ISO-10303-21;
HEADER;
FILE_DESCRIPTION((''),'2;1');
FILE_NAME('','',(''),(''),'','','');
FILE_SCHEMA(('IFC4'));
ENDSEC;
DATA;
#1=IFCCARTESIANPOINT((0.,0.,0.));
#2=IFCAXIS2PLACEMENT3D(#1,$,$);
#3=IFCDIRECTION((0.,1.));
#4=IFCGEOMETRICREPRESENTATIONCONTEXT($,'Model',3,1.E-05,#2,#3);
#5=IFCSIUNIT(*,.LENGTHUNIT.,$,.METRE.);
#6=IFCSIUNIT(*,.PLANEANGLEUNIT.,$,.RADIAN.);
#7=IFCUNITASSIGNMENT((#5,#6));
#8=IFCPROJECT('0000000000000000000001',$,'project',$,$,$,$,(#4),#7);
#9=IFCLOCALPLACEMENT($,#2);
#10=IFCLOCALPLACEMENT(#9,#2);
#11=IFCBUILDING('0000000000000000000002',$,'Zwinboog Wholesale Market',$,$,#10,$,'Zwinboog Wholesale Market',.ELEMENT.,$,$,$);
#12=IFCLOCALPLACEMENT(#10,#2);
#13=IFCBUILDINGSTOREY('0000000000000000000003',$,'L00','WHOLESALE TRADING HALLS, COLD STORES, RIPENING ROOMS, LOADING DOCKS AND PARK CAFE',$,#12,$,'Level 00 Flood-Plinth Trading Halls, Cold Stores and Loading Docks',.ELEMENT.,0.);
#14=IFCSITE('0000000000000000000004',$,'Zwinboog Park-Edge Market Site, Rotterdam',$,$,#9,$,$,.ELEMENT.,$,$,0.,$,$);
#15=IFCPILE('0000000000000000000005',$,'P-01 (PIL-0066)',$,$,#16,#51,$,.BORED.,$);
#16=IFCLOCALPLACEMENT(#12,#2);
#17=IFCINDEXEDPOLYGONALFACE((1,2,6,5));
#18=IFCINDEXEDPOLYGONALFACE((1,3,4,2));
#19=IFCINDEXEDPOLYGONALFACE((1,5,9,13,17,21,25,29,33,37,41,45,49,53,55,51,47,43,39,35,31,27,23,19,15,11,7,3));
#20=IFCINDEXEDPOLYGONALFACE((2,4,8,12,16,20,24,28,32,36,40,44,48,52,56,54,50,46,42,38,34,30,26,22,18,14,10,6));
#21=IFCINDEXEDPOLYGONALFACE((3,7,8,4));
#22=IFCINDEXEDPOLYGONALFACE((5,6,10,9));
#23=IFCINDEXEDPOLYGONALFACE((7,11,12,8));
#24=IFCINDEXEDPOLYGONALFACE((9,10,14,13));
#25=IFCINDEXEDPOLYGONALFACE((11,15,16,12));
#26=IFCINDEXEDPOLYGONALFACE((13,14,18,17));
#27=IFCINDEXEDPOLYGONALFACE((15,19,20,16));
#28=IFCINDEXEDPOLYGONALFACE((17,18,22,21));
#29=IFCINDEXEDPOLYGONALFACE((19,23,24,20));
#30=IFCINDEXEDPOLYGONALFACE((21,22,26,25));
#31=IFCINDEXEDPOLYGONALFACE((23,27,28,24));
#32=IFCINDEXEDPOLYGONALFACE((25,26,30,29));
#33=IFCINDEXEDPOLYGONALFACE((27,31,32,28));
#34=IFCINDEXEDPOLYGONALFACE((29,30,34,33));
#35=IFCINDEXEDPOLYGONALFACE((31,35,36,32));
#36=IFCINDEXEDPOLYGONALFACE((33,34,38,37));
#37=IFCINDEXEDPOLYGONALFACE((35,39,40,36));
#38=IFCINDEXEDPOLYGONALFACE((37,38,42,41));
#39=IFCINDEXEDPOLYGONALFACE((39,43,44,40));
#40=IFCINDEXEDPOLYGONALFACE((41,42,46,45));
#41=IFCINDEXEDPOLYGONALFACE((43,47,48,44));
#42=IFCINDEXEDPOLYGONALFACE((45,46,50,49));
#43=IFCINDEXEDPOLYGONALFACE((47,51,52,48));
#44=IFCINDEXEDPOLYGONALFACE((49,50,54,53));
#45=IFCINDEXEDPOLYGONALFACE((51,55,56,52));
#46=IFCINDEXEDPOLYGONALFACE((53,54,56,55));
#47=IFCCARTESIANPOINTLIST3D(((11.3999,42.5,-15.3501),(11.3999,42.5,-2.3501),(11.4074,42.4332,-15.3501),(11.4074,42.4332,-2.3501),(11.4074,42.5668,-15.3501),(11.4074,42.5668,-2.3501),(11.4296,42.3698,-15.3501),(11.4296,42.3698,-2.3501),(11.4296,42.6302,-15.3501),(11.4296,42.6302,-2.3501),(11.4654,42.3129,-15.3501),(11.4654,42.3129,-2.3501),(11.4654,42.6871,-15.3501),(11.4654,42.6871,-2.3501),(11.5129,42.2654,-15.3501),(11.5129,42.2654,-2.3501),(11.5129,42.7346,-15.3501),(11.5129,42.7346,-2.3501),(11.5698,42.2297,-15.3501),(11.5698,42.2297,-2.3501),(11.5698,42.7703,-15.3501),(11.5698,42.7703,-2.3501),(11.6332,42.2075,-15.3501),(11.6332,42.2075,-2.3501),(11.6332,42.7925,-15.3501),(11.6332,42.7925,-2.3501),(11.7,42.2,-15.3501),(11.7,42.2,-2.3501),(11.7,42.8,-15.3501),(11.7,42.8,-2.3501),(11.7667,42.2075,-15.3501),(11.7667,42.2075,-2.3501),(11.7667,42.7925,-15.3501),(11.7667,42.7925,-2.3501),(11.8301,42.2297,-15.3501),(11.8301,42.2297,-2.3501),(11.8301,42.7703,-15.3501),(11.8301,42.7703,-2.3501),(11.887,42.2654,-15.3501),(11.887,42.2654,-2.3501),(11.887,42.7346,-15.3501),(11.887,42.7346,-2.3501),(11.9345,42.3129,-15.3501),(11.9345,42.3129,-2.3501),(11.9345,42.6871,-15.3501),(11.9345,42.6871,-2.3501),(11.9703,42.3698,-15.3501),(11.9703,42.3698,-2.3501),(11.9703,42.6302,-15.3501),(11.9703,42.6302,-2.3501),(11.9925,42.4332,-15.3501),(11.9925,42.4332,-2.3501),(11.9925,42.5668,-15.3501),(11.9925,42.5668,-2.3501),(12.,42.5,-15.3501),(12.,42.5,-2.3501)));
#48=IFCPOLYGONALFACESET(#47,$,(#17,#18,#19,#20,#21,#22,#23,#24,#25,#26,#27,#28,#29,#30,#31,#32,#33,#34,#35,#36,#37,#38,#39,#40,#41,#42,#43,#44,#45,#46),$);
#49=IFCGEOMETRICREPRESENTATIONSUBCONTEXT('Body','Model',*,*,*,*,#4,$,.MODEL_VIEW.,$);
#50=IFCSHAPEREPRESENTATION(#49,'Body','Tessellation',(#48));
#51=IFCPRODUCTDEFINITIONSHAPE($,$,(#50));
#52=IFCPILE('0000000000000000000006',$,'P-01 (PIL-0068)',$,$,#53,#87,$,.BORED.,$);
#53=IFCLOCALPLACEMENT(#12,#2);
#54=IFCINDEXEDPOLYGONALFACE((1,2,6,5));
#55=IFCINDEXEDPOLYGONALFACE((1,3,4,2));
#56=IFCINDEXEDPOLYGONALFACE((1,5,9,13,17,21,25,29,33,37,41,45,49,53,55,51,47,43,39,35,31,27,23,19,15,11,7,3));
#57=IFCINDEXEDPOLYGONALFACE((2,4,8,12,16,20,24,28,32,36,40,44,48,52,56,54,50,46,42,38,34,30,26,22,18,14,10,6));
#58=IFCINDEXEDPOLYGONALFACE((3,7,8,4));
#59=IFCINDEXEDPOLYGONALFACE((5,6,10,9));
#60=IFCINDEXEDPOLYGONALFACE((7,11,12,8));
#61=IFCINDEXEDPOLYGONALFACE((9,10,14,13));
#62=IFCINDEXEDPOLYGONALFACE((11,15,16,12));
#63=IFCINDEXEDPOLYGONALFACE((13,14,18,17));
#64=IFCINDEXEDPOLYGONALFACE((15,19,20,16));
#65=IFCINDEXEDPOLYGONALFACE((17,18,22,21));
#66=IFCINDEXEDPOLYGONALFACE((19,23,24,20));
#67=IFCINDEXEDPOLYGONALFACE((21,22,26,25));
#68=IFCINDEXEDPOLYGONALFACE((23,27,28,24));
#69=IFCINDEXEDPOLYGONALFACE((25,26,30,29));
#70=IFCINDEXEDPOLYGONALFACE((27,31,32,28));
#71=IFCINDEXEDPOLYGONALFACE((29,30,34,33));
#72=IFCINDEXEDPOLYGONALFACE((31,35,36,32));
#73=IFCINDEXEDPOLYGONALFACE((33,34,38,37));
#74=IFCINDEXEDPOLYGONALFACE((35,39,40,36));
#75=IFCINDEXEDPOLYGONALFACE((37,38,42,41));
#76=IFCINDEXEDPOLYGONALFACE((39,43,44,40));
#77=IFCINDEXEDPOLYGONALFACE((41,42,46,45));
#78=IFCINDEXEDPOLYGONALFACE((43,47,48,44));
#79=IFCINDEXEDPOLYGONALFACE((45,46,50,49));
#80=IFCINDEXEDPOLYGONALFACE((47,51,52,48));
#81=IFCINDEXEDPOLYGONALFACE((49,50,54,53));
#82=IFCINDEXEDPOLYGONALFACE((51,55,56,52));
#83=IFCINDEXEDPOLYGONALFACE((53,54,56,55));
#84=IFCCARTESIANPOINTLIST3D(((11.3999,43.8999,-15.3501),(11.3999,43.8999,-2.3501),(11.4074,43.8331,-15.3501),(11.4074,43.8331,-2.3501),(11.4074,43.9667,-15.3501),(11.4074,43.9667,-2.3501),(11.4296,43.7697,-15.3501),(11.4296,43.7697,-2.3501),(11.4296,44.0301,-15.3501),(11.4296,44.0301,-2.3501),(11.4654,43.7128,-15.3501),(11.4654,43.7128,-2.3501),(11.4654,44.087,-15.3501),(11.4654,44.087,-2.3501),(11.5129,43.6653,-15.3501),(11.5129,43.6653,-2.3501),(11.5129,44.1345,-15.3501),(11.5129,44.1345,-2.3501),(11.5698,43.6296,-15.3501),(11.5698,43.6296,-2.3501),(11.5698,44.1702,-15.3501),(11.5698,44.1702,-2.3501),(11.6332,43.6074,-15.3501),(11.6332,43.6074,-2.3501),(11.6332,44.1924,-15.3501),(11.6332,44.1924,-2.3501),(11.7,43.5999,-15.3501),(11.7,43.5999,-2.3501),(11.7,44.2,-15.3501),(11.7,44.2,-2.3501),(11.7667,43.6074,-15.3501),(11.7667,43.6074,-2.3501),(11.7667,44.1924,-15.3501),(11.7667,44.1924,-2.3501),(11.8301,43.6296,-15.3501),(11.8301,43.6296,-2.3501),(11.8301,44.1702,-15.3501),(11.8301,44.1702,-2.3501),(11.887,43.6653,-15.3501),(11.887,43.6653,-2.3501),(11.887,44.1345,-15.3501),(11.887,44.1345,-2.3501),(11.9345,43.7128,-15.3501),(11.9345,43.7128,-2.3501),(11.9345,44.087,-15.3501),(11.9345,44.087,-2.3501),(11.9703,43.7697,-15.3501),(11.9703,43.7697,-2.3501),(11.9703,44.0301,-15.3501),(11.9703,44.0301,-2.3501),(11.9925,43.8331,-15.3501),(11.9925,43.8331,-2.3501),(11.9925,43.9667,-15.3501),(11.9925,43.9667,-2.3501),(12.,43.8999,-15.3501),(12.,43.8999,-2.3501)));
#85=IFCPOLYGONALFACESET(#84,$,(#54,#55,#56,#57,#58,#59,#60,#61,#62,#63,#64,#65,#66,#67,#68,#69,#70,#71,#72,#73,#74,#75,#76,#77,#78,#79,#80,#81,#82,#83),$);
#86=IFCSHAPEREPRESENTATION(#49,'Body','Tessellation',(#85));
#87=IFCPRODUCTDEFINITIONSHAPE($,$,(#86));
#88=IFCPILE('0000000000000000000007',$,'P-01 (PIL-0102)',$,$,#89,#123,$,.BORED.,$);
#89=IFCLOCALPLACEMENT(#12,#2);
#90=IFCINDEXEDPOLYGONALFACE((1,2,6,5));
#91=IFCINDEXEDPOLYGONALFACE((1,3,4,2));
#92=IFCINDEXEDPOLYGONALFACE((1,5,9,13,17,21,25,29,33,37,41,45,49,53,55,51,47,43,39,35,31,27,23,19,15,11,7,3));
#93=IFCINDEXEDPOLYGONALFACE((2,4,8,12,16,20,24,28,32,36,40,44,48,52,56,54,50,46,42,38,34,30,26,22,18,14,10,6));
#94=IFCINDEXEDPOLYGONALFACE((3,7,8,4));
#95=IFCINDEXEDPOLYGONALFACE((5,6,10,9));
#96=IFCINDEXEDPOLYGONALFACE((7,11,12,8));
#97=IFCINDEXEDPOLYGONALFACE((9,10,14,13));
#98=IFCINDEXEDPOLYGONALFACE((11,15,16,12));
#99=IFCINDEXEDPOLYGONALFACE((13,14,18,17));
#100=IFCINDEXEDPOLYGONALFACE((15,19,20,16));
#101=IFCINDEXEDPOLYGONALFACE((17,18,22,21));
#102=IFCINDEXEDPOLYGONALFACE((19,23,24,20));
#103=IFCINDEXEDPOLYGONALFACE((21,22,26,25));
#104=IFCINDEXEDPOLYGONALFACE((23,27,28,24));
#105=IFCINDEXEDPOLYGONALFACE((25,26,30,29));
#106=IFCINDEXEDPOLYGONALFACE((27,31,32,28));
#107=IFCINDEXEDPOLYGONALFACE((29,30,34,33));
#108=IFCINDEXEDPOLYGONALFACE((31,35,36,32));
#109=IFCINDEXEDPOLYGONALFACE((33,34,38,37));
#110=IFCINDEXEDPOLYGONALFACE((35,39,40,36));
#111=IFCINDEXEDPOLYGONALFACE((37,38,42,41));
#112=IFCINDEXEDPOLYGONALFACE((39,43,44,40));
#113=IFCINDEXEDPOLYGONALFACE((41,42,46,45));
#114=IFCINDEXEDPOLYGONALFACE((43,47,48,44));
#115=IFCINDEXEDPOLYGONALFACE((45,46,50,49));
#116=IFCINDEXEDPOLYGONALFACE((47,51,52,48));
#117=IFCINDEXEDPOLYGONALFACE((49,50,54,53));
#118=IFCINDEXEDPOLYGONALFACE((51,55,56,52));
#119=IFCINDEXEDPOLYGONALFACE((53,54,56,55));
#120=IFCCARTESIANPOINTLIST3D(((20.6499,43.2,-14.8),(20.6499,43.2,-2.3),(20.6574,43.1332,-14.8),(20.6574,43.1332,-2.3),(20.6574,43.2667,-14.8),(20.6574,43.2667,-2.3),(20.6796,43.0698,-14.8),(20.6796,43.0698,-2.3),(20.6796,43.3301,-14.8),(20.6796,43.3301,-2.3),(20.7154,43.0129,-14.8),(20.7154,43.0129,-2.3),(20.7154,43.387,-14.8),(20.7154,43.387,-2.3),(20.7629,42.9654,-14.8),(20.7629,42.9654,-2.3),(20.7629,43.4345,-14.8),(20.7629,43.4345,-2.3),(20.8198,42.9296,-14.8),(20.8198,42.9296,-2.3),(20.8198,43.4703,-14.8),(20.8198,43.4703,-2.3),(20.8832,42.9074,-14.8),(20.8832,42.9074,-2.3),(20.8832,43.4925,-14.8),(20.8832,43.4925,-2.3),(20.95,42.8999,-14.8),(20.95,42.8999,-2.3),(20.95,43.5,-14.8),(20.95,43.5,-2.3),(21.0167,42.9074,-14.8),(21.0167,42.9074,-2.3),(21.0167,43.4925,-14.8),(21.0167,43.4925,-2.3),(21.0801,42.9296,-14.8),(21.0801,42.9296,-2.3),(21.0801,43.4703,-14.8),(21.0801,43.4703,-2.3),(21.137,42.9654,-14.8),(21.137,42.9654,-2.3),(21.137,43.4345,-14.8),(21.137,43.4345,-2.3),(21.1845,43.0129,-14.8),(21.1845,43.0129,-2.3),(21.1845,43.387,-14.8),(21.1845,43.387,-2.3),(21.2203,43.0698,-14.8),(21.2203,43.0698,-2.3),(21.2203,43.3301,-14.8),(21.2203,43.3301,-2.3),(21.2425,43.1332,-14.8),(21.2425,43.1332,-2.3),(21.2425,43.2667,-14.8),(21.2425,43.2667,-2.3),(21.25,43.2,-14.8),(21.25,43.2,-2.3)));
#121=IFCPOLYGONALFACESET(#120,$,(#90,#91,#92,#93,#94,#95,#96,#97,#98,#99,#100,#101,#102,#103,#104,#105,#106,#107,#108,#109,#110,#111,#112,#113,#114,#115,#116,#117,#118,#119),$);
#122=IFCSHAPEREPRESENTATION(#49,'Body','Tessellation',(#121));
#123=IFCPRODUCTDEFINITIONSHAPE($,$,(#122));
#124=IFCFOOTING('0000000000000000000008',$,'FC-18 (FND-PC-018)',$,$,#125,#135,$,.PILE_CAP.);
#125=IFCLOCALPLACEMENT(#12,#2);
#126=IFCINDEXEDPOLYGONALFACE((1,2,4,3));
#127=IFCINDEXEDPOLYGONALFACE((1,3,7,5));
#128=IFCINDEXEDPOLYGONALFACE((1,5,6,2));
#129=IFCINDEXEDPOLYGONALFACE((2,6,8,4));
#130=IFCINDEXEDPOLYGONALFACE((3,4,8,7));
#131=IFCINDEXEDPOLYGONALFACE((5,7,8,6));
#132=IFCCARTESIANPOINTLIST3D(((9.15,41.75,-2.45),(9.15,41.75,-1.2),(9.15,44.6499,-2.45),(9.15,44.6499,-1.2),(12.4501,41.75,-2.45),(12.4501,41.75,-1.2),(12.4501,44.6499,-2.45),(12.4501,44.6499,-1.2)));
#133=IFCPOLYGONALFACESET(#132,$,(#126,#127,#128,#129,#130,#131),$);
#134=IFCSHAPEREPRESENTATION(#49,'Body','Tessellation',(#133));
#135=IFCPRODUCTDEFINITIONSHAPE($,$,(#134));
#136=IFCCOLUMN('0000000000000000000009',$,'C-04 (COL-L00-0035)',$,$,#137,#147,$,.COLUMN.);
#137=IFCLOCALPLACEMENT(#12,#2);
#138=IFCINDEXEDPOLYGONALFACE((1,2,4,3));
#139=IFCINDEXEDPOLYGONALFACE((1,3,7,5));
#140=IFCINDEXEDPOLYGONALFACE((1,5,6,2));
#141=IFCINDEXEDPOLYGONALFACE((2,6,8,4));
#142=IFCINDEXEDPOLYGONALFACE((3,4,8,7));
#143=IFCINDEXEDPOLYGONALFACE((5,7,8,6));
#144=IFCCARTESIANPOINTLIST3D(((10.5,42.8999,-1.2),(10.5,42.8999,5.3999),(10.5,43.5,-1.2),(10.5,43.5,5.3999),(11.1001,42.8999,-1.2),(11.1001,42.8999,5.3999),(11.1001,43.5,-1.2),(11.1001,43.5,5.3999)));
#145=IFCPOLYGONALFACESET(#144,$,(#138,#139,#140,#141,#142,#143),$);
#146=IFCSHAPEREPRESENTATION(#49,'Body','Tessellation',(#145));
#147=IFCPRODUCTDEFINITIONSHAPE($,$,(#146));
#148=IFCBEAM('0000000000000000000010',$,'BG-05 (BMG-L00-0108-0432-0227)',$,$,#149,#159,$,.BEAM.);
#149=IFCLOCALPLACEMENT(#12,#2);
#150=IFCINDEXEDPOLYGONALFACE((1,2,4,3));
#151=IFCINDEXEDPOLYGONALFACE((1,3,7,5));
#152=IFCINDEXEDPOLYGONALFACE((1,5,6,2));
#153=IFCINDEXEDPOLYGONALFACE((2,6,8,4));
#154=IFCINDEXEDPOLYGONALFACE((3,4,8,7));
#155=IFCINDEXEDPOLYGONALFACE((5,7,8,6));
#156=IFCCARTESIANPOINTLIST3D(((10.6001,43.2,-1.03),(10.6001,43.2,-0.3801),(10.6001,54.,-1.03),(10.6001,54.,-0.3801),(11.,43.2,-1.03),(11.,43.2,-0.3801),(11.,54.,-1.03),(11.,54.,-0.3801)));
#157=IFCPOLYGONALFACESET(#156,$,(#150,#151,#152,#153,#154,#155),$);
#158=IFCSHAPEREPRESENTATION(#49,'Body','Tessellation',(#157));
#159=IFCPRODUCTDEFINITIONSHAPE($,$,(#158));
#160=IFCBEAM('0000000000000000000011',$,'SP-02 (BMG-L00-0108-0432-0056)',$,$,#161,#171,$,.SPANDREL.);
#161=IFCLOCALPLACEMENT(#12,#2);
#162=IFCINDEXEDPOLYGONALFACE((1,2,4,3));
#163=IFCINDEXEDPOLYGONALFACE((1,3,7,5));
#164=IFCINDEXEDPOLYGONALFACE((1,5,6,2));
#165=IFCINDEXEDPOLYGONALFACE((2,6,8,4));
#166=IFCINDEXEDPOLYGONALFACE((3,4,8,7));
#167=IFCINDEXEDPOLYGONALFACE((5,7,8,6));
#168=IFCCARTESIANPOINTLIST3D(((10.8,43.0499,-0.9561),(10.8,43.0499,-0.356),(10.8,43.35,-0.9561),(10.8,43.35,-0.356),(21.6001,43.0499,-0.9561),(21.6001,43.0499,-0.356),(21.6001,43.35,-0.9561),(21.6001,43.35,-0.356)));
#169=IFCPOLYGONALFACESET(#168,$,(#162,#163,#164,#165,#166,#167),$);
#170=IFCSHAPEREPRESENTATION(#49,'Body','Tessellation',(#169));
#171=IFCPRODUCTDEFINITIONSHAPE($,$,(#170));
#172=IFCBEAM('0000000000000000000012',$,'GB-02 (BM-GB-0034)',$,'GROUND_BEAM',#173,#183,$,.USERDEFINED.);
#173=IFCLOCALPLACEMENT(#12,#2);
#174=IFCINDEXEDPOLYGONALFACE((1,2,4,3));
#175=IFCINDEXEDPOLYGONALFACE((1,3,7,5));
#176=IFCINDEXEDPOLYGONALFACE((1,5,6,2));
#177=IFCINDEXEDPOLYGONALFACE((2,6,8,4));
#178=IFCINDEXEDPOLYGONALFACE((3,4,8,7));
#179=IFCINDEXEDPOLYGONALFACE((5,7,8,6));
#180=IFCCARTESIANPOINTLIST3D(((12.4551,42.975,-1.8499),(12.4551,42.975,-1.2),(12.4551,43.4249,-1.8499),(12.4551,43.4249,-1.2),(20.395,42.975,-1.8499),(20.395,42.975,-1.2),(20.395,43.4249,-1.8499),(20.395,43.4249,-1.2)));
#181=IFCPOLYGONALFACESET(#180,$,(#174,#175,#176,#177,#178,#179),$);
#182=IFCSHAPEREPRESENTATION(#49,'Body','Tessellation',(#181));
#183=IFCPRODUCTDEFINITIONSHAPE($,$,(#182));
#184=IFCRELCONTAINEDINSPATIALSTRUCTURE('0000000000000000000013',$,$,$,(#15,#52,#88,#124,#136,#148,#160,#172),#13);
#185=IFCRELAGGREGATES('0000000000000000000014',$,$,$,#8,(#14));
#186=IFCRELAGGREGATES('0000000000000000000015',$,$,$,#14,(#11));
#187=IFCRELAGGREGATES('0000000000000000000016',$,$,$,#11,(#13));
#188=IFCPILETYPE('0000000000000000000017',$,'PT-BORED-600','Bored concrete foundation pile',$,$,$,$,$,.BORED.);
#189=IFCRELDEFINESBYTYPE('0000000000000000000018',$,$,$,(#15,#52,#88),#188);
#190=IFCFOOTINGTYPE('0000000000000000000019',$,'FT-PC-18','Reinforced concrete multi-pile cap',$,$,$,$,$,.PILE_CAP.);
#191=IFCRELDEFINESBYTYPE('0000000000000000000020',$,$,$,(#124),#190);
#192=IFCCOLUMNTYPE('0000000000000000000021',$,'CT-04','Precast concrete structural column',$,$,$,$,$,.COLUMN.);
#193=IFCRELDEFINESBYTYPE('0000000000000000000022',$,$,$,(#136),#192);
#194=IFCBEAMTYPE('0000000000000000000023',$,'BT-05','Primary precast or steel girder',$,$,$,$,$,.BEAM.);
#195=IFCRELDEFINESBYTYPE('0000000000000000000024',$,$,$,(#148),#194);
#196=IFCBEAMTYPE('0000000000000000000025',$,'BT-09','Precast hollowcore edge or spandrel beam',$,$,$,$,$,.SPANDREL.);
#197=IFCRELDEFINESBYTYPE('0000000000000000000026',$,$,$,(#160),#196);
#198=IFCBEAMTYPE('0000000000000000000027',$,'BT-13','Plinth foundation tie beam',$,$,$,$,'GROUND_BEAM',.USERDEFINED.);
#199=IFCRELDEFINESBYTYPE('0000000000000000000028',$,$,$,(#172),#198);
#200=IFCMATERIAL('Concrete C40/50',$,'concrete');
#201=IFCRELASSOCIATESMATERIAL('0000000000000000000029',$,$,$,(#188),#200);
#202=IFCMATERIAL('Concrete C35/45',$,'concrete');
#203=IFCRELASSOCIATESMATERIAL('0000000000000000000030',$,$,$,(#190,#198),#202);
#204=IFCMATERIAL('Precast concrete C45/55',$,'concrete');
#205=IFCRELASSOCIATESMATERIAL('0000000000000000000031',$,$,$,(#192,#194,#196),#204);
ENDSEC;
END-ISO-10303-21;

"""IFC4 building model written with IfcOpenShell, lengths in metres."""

from ifc_helpers import new_model, si_unit, direction, frame, origin, origin_2d, place, context, subcontext, project, spatial, rectangle, circle, extrude, material, material_profile, profile_set, type_object, element, save


model = new_model("IFC4")

# Units and contexts
model_context = context("Model", 3, precision=1e-05, world=origin(), true_north=direction((0.0, 1.0)))
body_context = subcontext(model_context, "Body", "Model", "MODEL_VIEW")
ifc_project = project(units=[si_unit("LENGTHUNIT", "METRE"), si_unit("PLANEANGLEUNIT", "RADIAN")], contexts=[model_context])

# Site, building, storey
site_placement = place(None, origin())
site = spatial("IfcSite", under=ifc_project, at=site_placement, Name="Zwinboog Park-Edge Market Site, Rotterdam", CompositionType="ELEMENT", RefElevation=0.0)
building_placement = place(site_placement, origin())
building = spatial("IfcBuilding", under=site, at=building_placement, Name="Zwinboog Wholesale Market", LongName="Zwinboog Wholesale Market", CompositionType="ELEMENT")
storey_placement = place(building_placement, origin())
storey = spatial("IfcBuildingStorey", under=building, at=storey_placement, Name="L00", Description="WHOLESALE TRADING HALLS, COLD STORES, RIPENING ROOMS, LOADING DOCKS AND PARK CAFE", LongName="Level 00 Flood-Plinth Trading Halls, Cold Stores and Loading Docks", CompositionType="ELEMENT", Elevation=0.0)

# Piles
ifc_material_1 = material(Name="Concrete C40/50", Category="concrete")
ifc_material_profile_1 = material_profile(ifc_material_1, circle(Radius=0.3, at=origin_2d()), Name="PILE D600")
ifc_profile_set_1 = profile_set([ifc_material_profile_1], Name="Concrete C40/50")
pile_type = type_object("IfcPileType", Name="PT-BORED-600", Description="Bored concrete foundation pile", PredefinedType="BORED", material=ifc_profile_set_1)
for number, where, z_axis, x_axis, name in (
    (1, (11.7, 42.5, -2.3501), (0.0, 0.0, -1.0), (1.0, 0.0, 0.0), "P-01 (PIL-0066)"),
    (2, (11.7, 43.8999, -2.3501), (0.0, 0.0, -1.0), (1.0, 0.0, 0.0), "P-01 (PIL-0068)"),
):
    element("IfcPile", number, at=place(storey_placement, frame(where, z_axis=z_axis, x_axis=x_axis)), inside=storey, type_object=pile_type, Name=name, PredefinedType="BORED", context=body_context, shape_type="SweptSolid", body=[
        extrude(circle(Radius=0.3, at=origin_2d()), origin(), (0.0, 0.0, 1.0), 13.0),
    ])
pile_placement = place(storey_placement, frame((20.95, 43.2, -2.3), z_axis=(0.0, 0.0, -1.0), x_axis=(1.0, 0.0, 0.0)))
element("IfcPile", 3, at=pile_placement, inside=storey, type_object=pile_type, Name="P-01 (PIL-0102)", PredefinedType="BORED", context=body_context, shape_type="SweptSolid", body=[
    extrude(circle(Radius=0.3, at=origin_2d()), origin(), (0.0, 0.0, 1.0), 12.5),
])

# Footing
ifc_material_2 = material(Name="Concrete C35/45", Category="concrete")
footing_type = type_object("IfcFootingType", Name="FT-PC-18", Description="Reinforced concrete multi-pile cap", PredefinedType="PILE_CAP", material=ifc_material_2)
footing_placement = place(storey_placement, frame((10.8, 43.2, -2.45), z_axis=(0.0, 0.0, 1.0), x_axis=(1.0, 0.0, 0.0)))
element("IfcFooting", 4, at=footing_placement, inside=storey, type_object=footing_type, Name="FC-18 (FND-PC-018)", PredefinedType="PILE_CAP", context=body_context, shape_type="SweptSolid", body=[
    extrude(rectangle(XDim=3.3, YDim=2.8999, at=origin_2d()), origin(), (0.0, 0.0, 1.0), 1.25),
])

# Column
ifc_material_3 = material(Name="Precast concrete C45/55", Category="concrete")
ifc_material_profile_2 = material_profile(ifc_material_3, rectangle(XDim=0.6001, YDim=0.6001, at=origin_2d()), Name="PC 600x600")
ifc_profile_set_2 = profile_set([ifc_material_profile_2], Name="Precast concrete C45/55")
column_type = type_object("IfcColumnType", Name="CT-04", Description="Precast concrete structural column", PredefinedType="COLUMN", material=ifc_profile_set_2)
column_placement = place(storey_placement, frame((10.8, 43.2, -1.2), z_axis=(0.0, 0.0, 1.0), x_axis=(1.0, 0.0, 0.0)))
element("IfcColumn", 5, at=column_placement, inside=storey, type_object=column_type, Name="C-04 (COL-L00-0035)", PredefinedType="COLUMN", context=body_context, shape_type="SweptSolid", body=[
    extrude(rectangle(XDim=0.6001, YDim=0.6001, at=origin_2d()), origin(), (0.0, 0.0, 1.0), 6.5999),
])

# Beams
ifc_material_profile_3 = material_profile(ifc_material_3, rectangle(XDim=0.3999, YDim=0.6499, at=origin_2d()), Name="PC 400x650")
ifc_profile_set_3 = profile_set([ifc_material_profile_3], Name="Precast concrete C45/55")
beam_type_1 = type_object("IfcBeamType", Name="BT-05", Description="Primary precast or steel girder", PredefinedType="BEAM", material=ifc_profile_set_3)
beam_1_placement = place(storey_placement, frame((10.8, 43.2, -0.7051), z_axis=(0.0, 1.0, 0.0), x_axis=(-1.0, 0.0, 0.0)))
element("IfcBeam", 6, at=beam_1_placement, inside=storey, type_object=beam_type_1, Name="BG-05 (BMG-L00-0108-0432-0227)", PredefinedType="BEAM", context=body_context, shape_type="SweptSolid", body=[
    extrude(rectangle(XDim=0.3999, YDim=0.6499, at=origin_2d()), origin(), (0.0, 0.0, 1.0), 10.8),
])
ifc_material_profile_4 = material_profile(ifc_material_3, rectangle(XDim=0.3, YDim=0.6001, at=origin_2d()), Name="PC 300x600")
ifc_profile_set_4 = profile_set([ifc_material_profile_4], Name="Precast concrete C45/55")
beam_type_2 = type_object("IfcBeamType", Name="BT-09", Description="Precast hollowcore edge or spandrel beam", PredefinedType="SPANDREL", material=ifc_profile_set_4)
beam_2_placement = place(storey_placement, frame((10.8, 43.2, -0.656), z_axis=(1.0, 0.0, 0.0), x_axis=(0.0, 1.0, 0.0)))
element("IfcBeam", 7, at=beam_2_placement, inside=storey, type_object=beam_type_2, Name="SP-02 (BMG-L00-0108-0432-0056)", PredefinedType="SPANDREL", context=body_context, shape_type="SweptSolid", body=[
    extrude(rectangle(XDim=0.3, YDim=0.6001, at=origin_2d()), origin(), (0.0, 0.0, 1.0), 10.8),
])
ifc_material_profile_5 = material_profile(ifc_material_2, rectangle(XDim=0.45, YDim=0.6499, at=origin_2d()), Name="RC 450x650")
ifc_profile_set_5 = profile_set([ifc_material_profile_5], Name="Concrete C35/45")
beam_type_3 = type_object("IfcBeamType", Name="BT-13", Description="Plinth foundation tie beam", ElementType="GROUND_BEAM", PredefinedType="USERDEFINED", material=ifc_profile_set_5)
beam_3_placement = place(storey_placement, frame((12.4551, 43.2, -1.5249), z_axis=(1.0, 0.0, 0.0), x_axis=(0.0, 1.0, 0.0)))
element("IfcBeam", 8, at=beam_3_placement, inside=storey, type_object=beam_type_3, Name="GB-02 (BM-GB-0034)", ObjectType="GROUND_BEAM", PredefinedType="USERDEFINED", context=body_context, shape_type="SweptSolid", body=[
    extrude(rectangle(XDim=0.45, YDim=0.6499, at=origin_2d()), origin(), (0.0, 0.0, 1.0), 7.9399),
])

save(model, "model.ifc")
